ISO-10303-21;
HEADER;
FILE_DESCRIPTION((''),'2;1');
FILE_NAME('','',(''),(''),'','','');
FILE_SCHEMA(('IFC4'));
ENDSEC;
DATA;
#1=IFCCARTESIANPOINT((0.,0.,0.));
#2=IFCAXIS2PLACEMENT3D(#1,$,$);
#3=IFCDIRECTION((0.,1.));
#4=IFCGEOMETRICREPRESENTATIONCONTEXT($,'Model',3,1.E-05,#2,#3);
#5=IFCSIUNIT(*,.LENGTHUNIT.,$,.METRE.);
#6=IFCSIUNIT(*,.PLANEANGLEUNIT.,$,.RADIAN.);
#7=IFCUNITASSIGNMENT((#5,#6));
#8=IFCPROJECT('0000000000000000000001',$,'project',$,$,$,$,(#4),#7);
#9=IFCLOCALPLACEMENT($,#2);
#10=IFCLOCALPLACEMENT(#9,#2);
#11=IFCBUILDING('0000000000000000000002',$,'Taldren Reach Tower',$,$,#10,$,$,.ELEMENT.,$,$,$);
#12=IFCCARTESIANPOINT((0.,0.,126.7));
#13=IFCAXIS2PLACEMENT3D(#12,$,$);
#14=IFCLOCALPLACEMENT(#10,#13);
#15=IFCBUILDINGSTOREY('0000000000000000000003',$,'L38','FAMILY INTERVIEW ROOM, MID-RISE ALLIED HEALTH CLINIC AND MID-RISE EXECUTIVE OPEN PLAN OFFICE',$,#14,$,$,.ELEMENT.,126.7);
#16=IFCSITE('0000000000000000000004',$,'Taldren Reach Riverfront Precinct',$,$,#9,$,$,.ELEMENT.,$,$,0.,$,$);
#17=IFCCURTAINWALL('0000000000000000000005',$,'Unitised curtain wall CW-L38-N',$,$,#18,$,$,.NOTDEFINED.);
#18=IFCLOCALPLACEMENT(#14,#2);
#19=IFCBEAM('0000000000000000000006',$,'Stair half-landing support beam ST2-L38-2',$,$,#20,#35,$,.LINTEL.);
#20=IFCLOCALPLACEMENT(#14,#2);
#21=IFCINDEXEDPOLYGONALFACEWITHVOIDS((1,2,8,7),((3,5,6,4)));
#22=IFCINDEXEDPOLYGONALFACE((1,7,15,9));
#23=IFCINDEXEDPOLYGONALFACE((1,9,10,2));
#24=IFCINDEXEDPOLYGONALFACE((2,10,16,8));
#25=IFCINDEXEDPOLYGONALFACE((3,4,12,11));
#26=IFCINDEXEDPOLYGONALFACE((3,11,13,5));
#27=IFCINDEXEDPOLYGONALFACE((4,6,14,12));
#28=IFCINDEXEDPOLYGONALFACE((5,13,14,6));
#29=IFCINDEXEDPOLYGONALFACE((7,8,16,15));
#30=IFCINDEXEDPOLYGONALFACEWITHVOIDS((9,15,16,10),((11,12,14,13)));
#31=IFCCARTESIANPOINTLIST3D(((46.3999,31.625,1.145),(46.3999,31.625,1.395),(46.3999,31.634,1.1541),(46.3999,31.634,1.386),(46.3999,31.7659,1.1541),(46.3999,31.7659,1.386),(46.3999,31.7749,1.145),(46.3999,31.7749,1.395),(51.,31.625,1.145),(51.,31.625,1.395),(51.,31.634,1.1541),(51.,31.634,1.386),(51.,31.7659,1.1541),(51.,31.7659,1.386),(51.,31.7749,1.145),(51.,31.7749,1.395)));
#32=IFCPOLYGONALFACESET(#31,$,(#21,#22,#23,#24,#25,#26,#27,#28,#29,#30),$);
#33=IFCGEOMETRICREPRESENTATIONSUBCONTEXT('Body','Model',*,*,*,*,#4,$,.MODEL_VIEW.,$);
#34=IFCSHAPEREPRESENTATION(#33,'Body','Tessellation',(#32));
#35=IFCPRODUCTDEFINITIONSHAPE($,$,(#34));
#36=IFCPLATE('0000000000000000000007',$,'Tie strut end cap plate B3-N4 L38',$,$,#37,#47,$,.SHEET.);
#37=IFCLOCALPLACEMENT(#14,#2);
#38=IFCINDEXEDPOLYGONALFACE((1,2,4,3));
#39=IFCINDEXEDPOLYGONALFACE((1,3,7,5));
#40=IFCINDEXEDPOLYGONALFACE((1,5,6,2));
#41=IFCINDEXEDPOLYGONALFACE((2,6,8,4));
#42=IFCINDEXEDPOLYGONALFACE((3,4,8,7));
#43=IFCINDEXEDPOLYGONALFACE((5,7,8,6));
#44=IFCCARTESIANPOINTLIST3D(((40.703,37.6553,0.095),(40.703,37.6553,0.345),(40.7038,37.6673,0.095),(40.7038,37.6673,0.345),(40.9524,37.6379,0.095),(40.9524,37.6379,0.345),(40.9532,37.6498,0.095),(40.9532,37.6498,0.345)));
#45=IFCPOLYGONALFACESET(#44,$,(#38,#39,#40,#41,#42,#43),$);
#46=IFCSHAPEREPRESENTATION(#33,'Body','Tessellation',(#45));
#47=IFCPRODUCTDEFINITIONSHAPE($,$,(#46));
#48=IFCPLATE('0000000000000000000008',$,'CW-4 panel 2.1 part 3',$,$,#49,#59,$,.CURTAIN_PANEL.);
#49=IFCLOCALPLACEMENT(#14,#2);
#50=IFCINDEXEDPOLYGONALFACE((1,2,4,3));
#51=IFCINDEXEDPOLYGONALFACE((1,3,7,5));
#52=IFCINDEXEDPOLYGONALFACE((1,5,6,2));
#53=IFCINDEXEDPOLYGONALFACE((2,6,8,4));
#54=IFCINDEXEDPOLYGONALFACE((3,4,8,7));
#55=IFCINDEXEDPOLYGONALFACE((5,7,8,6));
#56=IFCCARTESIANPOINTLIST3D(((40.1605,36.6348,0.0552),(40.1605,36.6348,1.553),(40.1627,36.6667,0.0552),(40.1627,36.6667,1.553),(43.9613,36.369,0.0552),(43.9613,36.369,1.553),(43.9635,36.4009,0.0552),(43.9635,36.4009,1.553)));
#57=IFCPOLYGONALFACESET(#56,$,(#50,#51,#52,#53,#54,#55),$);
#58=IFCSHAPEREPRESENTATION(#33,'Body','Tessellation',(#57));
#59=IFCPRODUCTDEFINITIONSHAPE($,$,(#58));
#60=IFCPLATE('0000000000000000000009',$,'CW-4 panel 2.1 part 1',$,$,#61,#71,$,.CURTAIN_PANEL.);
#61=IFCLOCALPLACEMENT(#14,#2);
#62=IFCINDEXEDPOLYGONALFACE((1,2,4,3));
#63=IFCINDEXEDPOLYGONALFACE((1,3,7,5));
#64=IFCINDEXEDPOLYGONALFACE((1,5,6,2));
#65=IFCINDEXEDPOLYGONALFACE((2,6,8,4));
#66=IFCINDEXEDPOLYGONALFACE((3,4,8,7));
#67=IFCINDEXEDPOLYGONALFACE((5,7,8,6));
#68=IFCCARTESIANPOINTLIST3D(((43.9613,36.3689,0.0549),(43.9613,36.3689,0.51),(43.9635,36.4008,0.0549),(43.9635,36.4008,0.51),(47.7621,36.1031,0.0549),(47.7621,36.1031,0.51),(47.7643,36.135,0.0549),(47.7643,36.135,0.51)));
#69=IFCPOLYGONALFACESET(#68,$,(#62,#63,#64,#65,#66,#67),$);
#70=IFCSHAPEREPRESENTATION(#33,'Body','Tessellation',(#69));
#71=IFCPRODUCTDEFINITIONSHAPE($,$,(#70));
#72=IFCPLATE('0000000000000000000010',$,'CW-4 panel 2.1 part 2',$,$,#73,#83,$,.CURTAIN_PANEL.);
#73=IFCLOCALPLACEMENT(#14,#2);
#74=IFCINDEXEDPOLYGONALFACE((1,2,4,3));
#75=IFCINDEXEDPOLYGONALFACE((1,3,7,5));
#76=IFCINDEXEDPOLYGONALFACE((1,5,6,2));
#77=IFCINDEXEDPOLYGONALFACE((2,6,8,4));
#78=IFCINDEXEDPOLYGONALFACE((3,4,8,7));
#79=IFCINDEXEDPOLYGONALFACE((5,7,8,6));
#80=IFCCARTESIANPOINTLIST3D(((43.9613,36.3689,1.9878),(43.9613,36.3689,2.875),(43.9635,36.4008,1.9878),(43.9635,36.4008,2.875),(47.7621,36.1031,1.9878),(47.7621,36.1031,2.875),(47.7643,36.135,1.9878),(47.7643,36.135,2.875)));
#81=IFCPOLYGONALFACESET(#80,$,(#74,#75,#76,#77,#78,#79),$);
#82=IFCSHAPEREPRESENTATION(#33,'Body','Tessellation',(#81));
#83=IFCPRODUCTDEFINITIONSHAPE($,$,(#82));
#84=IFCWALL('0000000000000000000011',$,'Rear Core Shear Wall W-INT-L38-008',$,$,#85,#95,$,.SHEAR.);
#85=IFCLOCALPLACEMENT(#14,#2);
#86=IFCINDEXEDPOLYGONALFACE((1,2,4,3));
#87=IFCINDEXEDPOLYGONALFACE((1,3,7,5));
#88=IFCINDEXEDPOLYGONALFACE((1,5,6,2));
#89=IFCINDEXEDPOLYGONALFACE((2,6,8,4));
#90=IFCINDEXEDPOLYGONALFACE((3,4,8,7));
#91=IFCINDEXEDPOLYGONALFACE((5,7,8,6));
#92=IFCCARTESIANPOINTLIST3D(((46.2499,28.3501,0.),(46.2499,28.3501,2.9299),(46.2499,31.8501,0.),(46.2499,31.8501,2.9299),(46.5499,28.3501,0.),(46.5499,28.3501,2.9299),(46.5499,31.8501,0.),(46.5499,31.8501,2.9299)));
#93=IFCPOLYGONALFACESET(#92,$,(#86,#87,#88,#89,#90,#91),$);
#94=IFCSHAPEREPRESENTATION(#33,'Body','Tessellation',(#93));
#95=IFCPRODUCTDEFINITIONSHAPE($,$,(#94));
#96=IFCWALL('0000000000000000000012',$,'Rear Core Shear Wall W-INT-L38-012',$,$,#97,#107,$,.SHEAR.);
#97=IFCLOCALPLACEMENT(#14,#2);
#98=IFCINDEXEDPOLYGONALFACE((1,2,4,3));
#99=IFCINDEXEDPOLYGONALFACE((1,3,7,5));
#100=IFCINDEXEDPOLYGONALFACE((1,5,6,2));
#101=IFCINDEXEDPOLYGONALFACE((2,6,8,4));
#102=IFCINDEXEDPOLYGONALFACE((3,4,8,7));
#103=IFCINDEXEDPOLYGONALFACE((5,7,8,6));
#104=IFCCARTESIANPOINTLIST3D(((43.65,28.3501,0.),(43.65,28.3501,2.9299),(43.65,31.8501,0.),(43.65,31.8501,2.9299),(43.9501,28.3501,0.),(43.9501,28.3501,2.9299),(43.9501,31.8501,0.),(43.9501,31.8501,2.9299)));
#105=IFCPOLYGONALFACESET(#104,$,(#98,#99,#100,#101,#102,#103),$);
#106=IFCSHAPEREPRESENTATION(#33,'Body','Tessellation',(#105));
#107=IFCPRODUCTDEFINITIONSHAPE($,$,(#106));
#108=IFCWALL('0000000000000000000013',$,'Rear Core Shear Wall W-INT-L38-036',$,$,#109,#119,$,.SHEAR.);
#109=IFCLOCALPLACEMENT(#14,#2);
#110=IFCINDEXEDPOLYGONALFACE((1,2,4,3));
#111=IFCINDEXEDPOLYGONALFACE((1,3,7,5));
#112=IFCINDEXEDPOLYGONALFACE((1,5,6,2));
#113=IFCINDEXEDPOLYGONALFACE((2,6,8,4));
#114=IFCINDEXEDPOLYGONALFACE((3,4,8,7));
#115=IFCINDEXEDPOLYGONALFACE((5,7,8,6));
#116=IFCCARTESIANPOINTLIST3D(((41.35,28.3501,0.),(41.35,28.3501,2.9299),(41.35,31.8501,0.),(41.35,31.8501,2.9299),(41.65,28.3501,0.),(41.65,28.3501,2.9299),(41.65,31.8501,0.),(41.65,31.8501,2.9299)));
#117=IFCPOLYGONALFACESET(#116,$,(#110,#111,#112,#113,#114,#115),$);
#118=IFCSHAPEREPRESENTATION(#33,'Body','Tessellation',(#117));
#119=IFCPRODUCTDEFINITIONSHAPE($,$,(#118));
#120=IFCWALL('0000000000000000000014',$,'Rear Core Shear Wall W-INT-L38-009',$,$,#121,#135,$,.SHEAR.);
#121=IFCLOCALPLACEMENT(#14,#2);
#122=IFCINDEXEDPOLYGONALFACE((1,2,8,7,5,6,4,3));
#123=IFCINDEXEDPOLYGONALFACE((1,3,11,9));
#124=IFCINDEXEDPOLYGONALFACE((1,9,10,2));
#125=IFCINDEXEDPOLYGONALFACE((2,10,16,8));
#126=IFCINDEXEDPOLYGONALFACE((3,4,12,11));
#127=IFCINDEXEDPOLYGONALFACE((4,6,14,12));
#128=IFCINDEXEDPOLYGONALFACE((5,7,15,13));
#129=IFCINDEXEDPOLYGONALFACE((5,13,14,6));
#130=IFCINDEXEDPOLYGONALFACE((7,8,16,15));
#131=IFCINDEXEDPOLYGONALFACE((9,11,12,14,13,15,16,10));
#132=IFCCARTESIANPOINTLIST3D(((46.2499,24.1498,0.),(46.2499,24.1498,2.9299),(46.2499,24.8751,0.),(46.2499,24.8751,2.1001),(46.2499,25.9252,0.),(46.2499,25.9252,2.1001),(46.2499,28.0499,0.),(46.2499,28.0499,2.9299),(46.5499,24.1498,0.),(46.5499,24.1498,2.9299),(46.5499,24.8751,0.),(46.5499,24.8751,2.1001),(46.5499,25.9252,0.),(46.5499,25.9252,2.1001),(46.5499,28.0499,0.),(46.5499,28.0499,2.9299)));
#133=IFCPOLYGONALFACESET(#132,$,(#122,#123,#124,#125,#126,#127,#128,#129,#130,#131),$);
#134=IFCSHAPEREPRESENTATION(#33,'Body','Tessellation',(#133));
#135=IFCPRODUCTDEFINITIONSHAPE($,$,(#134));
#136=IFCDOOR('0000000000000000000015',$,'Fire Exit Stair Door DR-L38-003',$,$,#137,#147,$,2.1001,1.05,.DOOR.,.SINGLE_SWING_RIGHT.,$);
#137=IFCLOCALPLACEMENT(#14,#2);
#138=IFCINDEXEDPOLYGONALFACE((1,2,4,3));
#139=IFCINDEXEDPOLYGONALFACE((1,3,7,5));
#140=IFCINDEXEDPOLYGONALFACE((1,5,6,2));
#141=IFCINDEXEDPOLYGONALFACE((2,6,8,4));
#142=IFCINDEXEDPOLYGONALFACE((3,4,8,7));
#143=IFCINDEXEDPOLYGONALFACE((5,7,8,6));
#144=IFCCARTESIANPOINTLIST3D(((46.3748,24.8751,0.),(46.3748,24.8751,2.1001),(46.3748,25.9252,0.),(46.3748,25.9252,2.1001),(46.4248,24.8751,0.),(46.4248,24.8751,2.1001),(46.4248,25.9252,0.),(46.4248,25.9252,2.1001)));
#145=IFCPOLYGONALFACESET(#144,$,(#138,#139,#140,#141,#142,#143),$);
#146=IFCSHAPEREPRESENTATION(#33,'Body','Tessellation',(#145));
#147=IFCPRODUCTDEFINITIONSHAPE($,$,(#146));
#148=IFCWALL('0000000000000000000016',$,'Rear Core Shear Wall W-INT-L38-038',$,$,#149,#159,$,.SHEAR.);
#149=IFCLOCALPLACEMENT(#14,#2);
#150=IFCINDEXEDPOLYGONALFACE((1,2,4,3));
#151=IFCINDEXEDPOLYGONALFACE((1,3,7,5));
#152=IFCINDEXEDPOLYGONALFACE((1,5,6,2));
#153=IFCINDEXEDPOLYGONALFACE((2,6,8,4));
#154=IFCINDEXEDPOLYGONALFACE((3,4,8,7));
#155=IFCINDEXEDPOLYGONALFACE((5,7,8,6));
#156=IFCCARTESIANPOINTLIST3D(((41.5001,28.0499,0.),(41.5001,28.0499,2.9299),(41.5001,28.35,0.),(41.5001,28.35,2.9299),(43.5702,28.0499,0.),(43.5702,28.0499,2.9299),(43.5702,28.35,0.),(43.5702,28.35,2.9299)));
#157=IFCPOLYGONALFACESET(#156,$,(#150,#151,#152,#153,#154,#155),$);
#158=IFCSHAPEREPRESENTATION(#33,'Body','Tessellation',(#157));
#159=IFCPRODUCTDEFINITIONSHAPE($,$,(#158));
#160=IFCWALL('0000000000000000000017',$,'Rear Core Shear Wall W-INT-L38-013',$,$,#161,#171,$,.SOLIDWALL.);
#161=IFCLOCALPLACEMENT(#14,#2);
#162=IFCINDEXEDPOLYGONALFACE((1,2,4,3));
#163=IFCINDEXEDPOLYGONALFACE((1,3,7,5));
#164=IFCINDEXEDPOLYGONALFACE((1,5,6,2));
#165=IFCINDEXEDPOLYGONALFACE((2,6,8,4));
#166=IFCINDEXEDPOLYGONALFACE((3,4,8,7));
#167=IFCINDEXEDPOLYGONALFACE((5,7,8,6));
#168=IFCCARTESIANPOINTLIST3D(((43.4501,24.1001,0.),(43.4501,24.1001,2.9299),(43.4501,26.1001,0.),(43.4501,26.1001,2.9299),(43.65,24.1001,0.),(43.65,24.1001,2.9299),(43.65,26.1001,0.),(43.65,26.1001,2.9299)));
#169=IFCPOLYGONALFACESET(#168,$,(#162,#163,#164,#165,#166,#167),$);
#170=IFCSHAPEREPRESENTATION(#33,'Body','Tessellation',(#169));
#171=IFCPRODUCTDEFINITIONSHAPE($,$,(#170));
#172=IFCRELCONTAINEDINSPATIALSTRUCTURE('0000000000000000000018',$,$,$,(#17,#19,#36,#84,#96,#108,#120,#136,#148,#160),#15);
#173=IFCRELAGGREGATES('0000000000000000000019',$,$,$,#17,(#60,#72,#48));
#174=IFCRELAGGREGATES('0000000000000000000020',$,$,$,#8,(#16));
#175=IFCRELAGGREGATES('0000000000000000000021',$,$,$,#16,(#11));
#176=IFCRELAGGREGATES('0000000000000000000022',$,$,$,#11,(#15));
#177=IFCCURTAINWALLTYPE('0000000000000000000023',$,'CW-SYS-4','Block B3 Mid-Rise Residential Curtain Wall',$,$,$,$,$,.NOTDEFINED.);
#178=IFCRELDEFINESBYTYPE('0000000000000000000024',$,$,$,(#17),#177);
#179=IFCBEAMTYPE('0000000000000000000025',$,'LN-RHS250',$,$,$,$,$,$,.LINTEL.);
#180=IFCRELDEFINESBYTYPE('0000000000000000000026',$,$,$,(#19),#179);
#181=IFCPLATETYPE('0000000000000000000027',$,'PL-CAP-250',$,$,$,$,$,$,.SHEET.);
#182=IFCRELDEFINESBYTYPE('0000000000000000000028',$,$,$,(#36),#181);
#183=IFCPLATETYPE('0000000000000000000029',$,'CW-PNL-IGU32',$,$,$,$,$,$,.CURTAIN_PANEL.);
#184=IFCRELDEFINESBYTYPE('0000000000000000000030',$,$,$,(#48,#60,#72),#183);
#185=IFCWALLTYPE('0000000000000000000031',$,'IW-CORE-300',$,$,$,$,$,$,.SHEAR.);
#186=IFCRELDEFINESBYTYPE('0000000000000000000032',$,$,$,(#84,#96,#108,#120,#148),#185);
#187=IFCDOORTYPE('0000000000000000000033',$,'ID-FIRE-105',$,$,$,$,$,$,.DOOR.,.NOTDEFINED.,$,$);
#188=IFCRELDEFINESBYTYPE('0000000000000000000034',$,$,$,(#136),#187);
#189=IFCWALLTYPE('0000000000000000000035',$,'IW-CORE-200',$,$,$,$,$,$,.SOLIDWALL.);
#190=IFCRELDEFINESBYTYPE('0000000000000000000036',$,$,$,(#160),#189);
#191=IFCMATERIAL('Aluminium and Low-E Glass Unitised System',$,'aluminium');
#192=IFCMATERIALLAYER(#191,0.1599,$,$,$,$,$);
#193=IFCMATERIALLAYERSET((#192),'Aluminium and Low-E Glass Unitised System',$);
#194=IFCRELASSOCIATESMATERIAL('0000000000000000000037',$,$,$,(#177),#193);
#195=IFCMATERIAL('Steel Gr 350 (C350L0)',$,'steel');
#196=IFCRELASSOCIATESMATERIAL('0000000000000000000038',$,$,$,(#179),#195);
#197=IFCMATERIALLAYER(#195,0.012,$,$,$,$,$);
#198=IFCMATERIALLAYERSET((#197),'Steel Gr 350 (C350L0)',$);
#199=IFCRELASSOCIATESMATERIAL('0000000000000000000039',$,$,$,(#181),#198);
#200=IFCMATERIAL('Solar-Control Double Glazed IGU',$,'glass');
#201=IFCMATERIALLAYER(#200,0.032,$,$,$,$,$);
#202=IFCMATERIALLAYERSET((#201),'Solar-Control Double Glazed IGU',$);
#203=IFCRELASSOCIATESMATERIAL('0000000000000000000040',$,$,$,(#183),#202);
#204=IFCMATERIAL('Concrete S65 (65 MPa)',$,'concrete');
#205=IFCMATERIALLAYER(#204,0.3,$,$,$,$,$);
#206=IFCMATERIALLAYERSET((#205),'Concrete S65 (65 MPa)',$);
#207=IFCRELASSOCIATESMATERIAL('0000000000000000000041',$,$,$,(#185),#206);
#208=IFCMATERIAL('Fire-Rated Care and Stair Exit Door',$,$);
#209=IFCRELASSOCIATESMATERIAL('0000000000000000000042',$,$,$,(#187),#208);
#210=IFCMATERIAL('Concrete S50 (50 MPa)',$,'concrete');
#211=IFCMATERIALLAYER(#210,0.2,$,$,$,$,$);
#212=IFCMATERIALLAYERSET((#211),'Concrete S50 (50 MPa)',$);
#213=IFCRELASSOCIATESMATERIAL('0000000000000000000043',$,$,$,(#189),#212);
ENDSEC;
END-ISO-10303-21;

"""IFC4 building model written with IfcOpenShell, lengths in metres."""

from ifc_helpers import new_model, si_unit, direction, frame, frame_2d, origin, origin_2d, place, context, subcontext, project, spatial, rectangle, hollow_rectangle, extrude, source, transform, mapped, material, layer, layer_set, material_profile, profile_set, type_object, element, fill, aggregate, save


model = new_model("IFC4")

# Units and contexts
model_context = context("Model", 3, precision=1e-05, world=origin(), true_north=direction((0.0, 1.0)))
body_context = subcontext(model_context, "Body", "Model", "MODEL_VIEW")
ifc_project = project(units=[si_unit("LENGTHUNIT", "METRE"), si_unit("PLANEANGLEUNIT", "RADIAN")], contexts=[model_context])

# Site, building, storey
site_placement = place(None, origin())
site = spatial("IfcSite", under=ifc_project, at=site_placement, Name="Taldren Reach Riverfront Precinct", CompositionType="ELEMENT", RefElevation=0.0)
building_placement = place(site_placement, origin())
building = spatial("IfcBuilding", under=site, at=building_placement, Name="Taldren Reach Tower", CompositionType="ELEMENT")
storey_placement = place(building_placement, frame((0.0, 0.0, 126.7)))
storey = spatial("IfcBuildingStorey", under=building, at=storey_placement, Name="L38", Description="FAMILY INTERVIEW ROOM, MID-RISE ALLIED HEALTH CLINIC AND MID-RISE EXECUTIVE OPEN PLAN OFFICE", CompositionType="ELEMENT", Elevation=126.7)

# Shared definitions
ifc_material_1 = material(Name="Steel Gr 350 (C350L0)", Category="steel")

# Curtain wall
ifc_material_2 = material(Name="Aluminium and Low-E Glass Unitised System", Category="aluminium")
ifc_layer_1 = layer(ifc_material_2, 0.1599)
ifc_layer_set_1 = layer_set([ifc_layer_1], Name="Aluminium and Low-E Glass Unitised System")
curtain_wall_type = type_object("IfcCurtainWallType", Name="CW-SYS-4", Description="Block B3 Mid-Rise Residential Curtain Wall", PredefinedType="NOTDEFINED", material=ifc_layer_set_1)
curtain_wall_placement = place(storey_placement, origin())
curtain_wall = element("IfcCurtainWall", 1, at=curtain_wall_placement, inside=storey, type_object=curtain_wall_type, Name="Unitised curtain wall CW-L38-N", PredefinedType="NOTDEFINED")

# Beam
ifc_material_profile_1 = material_profile(ifc_material_1, hollow_rectangle(XDim=0.1499, YDim=0.25, WallThickness=0.009, at=origin_2d()), Name="250x150x9.0RHS")
ifc_profile_set_1 = profile_set([ifc_material_profile_1], Name="Steel Gr 350 (C350L0)")
beam_type_1 = type_object("IfcBeamType", Name="LN-RHS250", PredefinedType="LINTEL", material=ifc_profile_set_1)
shared_shape_1 = source(origin(), body_context, "Body", "SweptSolid", [
    extrude(hollow_rectangle(XDim=0.1499, YDim=0.25, WallThickness=0.009, at=origin_2d()), origin(), (0.0, 0.0, 1.0), 4.6001),
])
for number, where, z_axis, x_axis, name in (
    (2, (46.3999, 31.7, 1.27), (1.0, 0.0, 0.0), (0.0, 1.0, 0.0), "Stair half-landing support beam ST2-L38-2"),
):
    element("IfcBeam", number, at=place(storey_placement, frame(where, z_axis=z_axis, x_axis=x_axis)), inside=storey, type_object=beam_type_1, Name=name, PredefinedType="LINTEL", context=body_context, shape_type="MappedRepresentation", body=[
        mapped(shared_shape_1, transform((0.0, 0.0, 0.0), scale=1.0)),
    ])

# Plates
ifc_layer_2 = layer(ifc_material_1, 0.012)
ifc_layer_set_2 = layer_set([ifc_layer_2], Name="Steel Gr 350 (C350L0)")
plate_type_1 = type_object("IfcPlateType", Name="PL-CAP-250", PredefinedType="SHEET", material=ifc_layer_set_2)
shared_shape_2 = source(origin(), body_context, "Body", "SweptSolid", [
    extrude(rectangle(XDim=0.25, YDim=0.012, at=origin_2d()), origin(), (0.0, 0.0, 1.0), 0.25),
])
plate_1_placement = place(storey_placement, frame((40.8281, 37.6526, 0.095), z_axis=(0.0, 0.0, 1.0), x_axis=(0.997564, -0.069756, 0.0)))
element("IfcPlate", 3, at=plate_1_placement, inside=storey, type_object=plate_type_1, Name="Tie strut end cap plate B3-N4 L38", PredefinedType="SHEET", context=body_context, shape_type="MappedRepresentation", body=[
    mapped(shared_shape_2, transform((0.0, 0.0, 0.0), scale=1.0)),
])
ifc_material_3 = material(Name="Solar-Control Double Glazed IGU", Category="glass")
ifc_layer_3 = layer(ifc_material_3, 0.032)
ifc_layer_set_3 = layer_set([ifc_layer_3], Name="Solar-Control Double Glazed IGU")
plate_type_2 = type_object("IfcPlateType", Name="CW-PNL-IGU32", PredefinedType="CURTAIN_PANEL", material=ifc_layer_set_3)
shared_shape_3 = source(origin(), body_context, "Body", "SweptSolid", [
    extrude(rectangle(XDim=3.8101, YDim=0.032, at=origin_2d()), origin(), (0.0, 0.0, 1.0), 1.4978),
])
plate_2_placement = place(storey_placement, frame((42.062, 36.5178, 0.0552), z_axis=(0.0, 0.0, 1.0), x_axis=(-0.997564, 0.069757, 0.0)))
plate_2 = element("IfcPlate", 4, at=plate_2_placement, type_object=plate_type_2, Name="CW-4 panel 2.1 part 3", PredefinedType="CURTAIN_PANEL", context=body_context, shape_type="MappedRepresentation", body=[
    mapped(shared_shape_3, transform((0.0, 0.0, 0.0), scale=1.0)),
])
shared_shape_4 = source(origin(), body_context, "Body", "SweptSolid", [
    extrude(rectangle(XDim=3.8101, YDim=0.032, at=origin_2d()), origin(), (0.0, 0.0, 1.0), 0.4551),
])
plate_3_placement = place(storey_placement, frame((45.8628, 36.252, 0.0549), z_axis=(0.0, 0.0, 1.0), x_axis=(-0.997564, 0.069757, 0.0)))
plate_3 = element("IfcPlate", 5, at=plate_3_placement, type_object=plate_type_2, Name="CW-4 panel 2.1 part 1", PredefinedType="CURTAIN_PANEL", context=body_context, shape_type="MappedRepresentation", body=[
    mapped(shared_shape_4, transform((0.0, 0.0, 0.0), scale=1.0)),
])
shared_shape_5 = source(origin(), body_context, "Body", "SweptSolid", [
    extrude(rectangle(XDim=3.8101, YDim=0.032, at=origin_2d()), origin(), (0.0, 0.0, 1.0), 0.8872),
])
plate_4_placement = place(storey_placement, frame((45.8628, 36.252, 1.9878), z_axis=(0.0, 0.0, 1.0), x_axis=(-0.997564, 0.069757, 0.0)))
plate_4 = element("IfcPlate", 6, at=plate_4_placement, type_object=plate_type_2, Name="CW-4 panel 2.1 part 2", PredefinedType="CURTAIN_PANEL", context=body_context, shape_type="MappedRepresentation", body=[
    mapped(shared_shape_5, transform((0.0, 0.0, 0.0), scale=1.0)),
])
aggregate(curtain_wall, [plate_3, plate_4, plate_2])

# Walls
ifc_material_4 = material(Name="Concrete S65 (65 MPa)", Category="concrete")
ifc_layer_4 = layer(ifc_material_4, 0.3)
ifc_layer_set_4 = layer_set([ifc_layer_4], Name="Concrete S65 (65 MPa)")
wall_type_1 = type_object("IfcWallType", Name="IW-CORE-300", PredefinedType="SHEAR", material=ifc_layer_set_4)
shared_shape_6 = source(origin(), body_context, "Body", "SweptSolid", [
    extrude(rectangle(XDim=3.5, YDim=0.3, at=frame_2d((1.75, 0.0))), origin(), (0.0, 0.0, 1.0), 2.9299),
])
for number, where, z_axis, x_axis, name in (
    (7, (46.3999, 31.8501, 0.0), (0.0, 0.0, 1.0), (0.0, -1.0, 0.0), "Rear Core Shear Wall W-INT-L38-008"),
    (8, (43.8, 31.8501, 0.0), (0.0, 0.0, 1.0), (0.0, -1.0, 0.0), "Rear Core Shear Wall W-INT-L38-012"),
    (9, (41.5, 28.3501, 0.0), (0.0, 0.0, 1.0), (0.0, 1.0, 0.0), "Rear Core Shear Wall W-INT-L38-036"),
):
    element("IfcWall", number, at=place(storey_placement, frame(where, z_axis=z_axis, x_axis=x_axis)), inside=storey, type_object=wall_type_1, Name=name, PredefinedType="SHEAR", context=body_context, shape_type="MappedRepresentation", body=[
        mapped(shared_shape_6, transform((0.0, 0.0, 0.0), scale=1.0)),
    ])

# Wall, opening, door
shared_shape_7 = source(origin(), body_context, "Body", "SweptSolid", [
    extrude(rectangle(XDim=3.9001, YDim=0.3, at=frame_2d((1.9502, 0.0))), origin(), (0.0, 0.0, 1.0), 2.9299),
])
wall_1_placement = place(storey_placement, frame((46.3999, 28.05, 0.0), z_axis=(0.0, 0.0, 1.0), x_axis=(0.0, -1.0, 0.0)))
wall_1 = element("IfcWall", 10, at=wall_1_placement, inside=storey, type_object=wall_type_1, Name="Rear Core Shear Wall W-INT-L38-009", PredefinedType="SHEAR", context=body_context, shape_type="MappedRepresentation", body=[
    mapped(shared_shape_7, transform((0.0, 0.0, 0.0), scale=1.0)),
])
shared_shape_8 = source(origin(), body_context, "Body", "SweptSolid", [
    extrude(rectangle(XDim=1.05, YDim=2.1001, at=frame_2d((0.5249, 1.05))), frame((0.0, 0.1602, 0.0), z_axis=(0.0, -1.0, 0.0), x_axis=(1.0, 0.0, 0.0)), (0.0, 0.0, 1.0), 0.3201),
])
opening_1_placement = place(wall_1_placement, frame((2.125, 0.0, 0.0)))
opening_1 = element("IfcOpeningElement", 11, at=opening_1_placement, cuts=wall_1, PredefinedType="OPENING", context=body_context, shape_type="MappedRepresentation", body=[
    mapped(shared_shape_8, transform((0.0, 0.0, 0.0), scale=1.0)),
])
ifc_material_5 = material(Name="Fire-Rated Care and Stair Exit Door")
door_type_1 = type_object("IfcDoorType", Name="ID-FIRE-105", OperationType="NOTDEFINED", PredefinedType="DOOR", material=ifc_material_5)
shared_shape_9 = source(origin(), body_context, "Body", "SweptSolid", [
    extrude(rectangle(XDim=1.05, YDim=2.1001, at=frame_2d((0.5249, 1.05))), frame((0.0, 0.0249, 0.0), z_axis=(0.0, -1.0, 0.0), x_axis=(1.0, 0.0, 0.0)), (0.0, 0.0, 1.0), 0.05),
])
door_1_placement = place(opening_1_placement, origin())
door_1 = element("IfcDoor", 12, at=door_1_placement, inside=storey, type_object=door_type_1, Name="Fire Exit Stair Door DR-L38-003", OperationType="SINGLE_SWING_RIGHT", OverallHeight=2.1001, OverallWidth=1.05, PredefinedType="DOOR", context=body_context, shape_type="MappedRepresentation", body=[
    mapped(shared_shape_9, transform((0.0, 0.0, 0.0), scale=1.0)),
])
fill(opening_1, door_1)

# Walls
shared_shape_10 = source(origin(), body_context, "Body", "SweptSolid", [
    extrude(rectangle(XDim=2.0701, YDim=0.3, at=frame_2d((1.0352, 0.0))), origin(), (0.0, 0.0, 1.0), 2.9299),
])
wall_2_placement = place(storey_placement, frame((41.5, 28.2, 0.0), z_axis=(0.0, 0.0, 1.0), x_axis=(1.0, 0.0, 0.0)))
element("IfcWall", 13, at=wall_2_placement, inside=storey, type_object=wall_type_1, Name="Rear Core Shear Wall W-INT-L38-038", PredefinedType="SHEAR", context=body_context, shape_type="MappedRepresentation", body=[
    mapped(shared_shape_10, transform((0.0, 0.0, 0.0), scale=1.0)),
])
ifc_material_6 = material(Name="Concrete S50 (50 MPa)", Category="concrete")
ifc_layer_5 = layer(ifc_material_6, 0.2)
ifc_layer_set_5 = layer_set([ifc_layer_5], Name="Concrete S50 (50 MPa)")
wall_type_2 = type_object("IfcWallType", Name="IW-CORE-200", PredefinedType="SOLIDWALL", material=ifc_layer_set_5)
shared_shape_11 = source(origin(), body_context, "Body", "SweptSolid", [
    extrude(rectangle(XDim=2.0, YDim=0.2, at=frame_2d((1.0, 0.0))), origin(), (0.0, 0.0, 1.0), 2.9299),
])
wall_3_placement = place(storey_placement, frame((43.55, 26.1001, 0.0), z_axis=(0.0, 0.0, 1.0), x_axis=(0.0, -1.0, 0.0)))
element("IfcWall", 14, at=wall_3_placement, inside=storey, type_object=wall_type_2, Name="Rear Core Shear Wall W-INT-L38-013", PredefinedType="SOLIDWALL", context=body_context, shape_type="MappedRepresentation", body=[
    mapped(shared_shape_11, transform((0.0, 0.0, 0.0), scale=1.0)),
])

save(model, "model.ifc")
